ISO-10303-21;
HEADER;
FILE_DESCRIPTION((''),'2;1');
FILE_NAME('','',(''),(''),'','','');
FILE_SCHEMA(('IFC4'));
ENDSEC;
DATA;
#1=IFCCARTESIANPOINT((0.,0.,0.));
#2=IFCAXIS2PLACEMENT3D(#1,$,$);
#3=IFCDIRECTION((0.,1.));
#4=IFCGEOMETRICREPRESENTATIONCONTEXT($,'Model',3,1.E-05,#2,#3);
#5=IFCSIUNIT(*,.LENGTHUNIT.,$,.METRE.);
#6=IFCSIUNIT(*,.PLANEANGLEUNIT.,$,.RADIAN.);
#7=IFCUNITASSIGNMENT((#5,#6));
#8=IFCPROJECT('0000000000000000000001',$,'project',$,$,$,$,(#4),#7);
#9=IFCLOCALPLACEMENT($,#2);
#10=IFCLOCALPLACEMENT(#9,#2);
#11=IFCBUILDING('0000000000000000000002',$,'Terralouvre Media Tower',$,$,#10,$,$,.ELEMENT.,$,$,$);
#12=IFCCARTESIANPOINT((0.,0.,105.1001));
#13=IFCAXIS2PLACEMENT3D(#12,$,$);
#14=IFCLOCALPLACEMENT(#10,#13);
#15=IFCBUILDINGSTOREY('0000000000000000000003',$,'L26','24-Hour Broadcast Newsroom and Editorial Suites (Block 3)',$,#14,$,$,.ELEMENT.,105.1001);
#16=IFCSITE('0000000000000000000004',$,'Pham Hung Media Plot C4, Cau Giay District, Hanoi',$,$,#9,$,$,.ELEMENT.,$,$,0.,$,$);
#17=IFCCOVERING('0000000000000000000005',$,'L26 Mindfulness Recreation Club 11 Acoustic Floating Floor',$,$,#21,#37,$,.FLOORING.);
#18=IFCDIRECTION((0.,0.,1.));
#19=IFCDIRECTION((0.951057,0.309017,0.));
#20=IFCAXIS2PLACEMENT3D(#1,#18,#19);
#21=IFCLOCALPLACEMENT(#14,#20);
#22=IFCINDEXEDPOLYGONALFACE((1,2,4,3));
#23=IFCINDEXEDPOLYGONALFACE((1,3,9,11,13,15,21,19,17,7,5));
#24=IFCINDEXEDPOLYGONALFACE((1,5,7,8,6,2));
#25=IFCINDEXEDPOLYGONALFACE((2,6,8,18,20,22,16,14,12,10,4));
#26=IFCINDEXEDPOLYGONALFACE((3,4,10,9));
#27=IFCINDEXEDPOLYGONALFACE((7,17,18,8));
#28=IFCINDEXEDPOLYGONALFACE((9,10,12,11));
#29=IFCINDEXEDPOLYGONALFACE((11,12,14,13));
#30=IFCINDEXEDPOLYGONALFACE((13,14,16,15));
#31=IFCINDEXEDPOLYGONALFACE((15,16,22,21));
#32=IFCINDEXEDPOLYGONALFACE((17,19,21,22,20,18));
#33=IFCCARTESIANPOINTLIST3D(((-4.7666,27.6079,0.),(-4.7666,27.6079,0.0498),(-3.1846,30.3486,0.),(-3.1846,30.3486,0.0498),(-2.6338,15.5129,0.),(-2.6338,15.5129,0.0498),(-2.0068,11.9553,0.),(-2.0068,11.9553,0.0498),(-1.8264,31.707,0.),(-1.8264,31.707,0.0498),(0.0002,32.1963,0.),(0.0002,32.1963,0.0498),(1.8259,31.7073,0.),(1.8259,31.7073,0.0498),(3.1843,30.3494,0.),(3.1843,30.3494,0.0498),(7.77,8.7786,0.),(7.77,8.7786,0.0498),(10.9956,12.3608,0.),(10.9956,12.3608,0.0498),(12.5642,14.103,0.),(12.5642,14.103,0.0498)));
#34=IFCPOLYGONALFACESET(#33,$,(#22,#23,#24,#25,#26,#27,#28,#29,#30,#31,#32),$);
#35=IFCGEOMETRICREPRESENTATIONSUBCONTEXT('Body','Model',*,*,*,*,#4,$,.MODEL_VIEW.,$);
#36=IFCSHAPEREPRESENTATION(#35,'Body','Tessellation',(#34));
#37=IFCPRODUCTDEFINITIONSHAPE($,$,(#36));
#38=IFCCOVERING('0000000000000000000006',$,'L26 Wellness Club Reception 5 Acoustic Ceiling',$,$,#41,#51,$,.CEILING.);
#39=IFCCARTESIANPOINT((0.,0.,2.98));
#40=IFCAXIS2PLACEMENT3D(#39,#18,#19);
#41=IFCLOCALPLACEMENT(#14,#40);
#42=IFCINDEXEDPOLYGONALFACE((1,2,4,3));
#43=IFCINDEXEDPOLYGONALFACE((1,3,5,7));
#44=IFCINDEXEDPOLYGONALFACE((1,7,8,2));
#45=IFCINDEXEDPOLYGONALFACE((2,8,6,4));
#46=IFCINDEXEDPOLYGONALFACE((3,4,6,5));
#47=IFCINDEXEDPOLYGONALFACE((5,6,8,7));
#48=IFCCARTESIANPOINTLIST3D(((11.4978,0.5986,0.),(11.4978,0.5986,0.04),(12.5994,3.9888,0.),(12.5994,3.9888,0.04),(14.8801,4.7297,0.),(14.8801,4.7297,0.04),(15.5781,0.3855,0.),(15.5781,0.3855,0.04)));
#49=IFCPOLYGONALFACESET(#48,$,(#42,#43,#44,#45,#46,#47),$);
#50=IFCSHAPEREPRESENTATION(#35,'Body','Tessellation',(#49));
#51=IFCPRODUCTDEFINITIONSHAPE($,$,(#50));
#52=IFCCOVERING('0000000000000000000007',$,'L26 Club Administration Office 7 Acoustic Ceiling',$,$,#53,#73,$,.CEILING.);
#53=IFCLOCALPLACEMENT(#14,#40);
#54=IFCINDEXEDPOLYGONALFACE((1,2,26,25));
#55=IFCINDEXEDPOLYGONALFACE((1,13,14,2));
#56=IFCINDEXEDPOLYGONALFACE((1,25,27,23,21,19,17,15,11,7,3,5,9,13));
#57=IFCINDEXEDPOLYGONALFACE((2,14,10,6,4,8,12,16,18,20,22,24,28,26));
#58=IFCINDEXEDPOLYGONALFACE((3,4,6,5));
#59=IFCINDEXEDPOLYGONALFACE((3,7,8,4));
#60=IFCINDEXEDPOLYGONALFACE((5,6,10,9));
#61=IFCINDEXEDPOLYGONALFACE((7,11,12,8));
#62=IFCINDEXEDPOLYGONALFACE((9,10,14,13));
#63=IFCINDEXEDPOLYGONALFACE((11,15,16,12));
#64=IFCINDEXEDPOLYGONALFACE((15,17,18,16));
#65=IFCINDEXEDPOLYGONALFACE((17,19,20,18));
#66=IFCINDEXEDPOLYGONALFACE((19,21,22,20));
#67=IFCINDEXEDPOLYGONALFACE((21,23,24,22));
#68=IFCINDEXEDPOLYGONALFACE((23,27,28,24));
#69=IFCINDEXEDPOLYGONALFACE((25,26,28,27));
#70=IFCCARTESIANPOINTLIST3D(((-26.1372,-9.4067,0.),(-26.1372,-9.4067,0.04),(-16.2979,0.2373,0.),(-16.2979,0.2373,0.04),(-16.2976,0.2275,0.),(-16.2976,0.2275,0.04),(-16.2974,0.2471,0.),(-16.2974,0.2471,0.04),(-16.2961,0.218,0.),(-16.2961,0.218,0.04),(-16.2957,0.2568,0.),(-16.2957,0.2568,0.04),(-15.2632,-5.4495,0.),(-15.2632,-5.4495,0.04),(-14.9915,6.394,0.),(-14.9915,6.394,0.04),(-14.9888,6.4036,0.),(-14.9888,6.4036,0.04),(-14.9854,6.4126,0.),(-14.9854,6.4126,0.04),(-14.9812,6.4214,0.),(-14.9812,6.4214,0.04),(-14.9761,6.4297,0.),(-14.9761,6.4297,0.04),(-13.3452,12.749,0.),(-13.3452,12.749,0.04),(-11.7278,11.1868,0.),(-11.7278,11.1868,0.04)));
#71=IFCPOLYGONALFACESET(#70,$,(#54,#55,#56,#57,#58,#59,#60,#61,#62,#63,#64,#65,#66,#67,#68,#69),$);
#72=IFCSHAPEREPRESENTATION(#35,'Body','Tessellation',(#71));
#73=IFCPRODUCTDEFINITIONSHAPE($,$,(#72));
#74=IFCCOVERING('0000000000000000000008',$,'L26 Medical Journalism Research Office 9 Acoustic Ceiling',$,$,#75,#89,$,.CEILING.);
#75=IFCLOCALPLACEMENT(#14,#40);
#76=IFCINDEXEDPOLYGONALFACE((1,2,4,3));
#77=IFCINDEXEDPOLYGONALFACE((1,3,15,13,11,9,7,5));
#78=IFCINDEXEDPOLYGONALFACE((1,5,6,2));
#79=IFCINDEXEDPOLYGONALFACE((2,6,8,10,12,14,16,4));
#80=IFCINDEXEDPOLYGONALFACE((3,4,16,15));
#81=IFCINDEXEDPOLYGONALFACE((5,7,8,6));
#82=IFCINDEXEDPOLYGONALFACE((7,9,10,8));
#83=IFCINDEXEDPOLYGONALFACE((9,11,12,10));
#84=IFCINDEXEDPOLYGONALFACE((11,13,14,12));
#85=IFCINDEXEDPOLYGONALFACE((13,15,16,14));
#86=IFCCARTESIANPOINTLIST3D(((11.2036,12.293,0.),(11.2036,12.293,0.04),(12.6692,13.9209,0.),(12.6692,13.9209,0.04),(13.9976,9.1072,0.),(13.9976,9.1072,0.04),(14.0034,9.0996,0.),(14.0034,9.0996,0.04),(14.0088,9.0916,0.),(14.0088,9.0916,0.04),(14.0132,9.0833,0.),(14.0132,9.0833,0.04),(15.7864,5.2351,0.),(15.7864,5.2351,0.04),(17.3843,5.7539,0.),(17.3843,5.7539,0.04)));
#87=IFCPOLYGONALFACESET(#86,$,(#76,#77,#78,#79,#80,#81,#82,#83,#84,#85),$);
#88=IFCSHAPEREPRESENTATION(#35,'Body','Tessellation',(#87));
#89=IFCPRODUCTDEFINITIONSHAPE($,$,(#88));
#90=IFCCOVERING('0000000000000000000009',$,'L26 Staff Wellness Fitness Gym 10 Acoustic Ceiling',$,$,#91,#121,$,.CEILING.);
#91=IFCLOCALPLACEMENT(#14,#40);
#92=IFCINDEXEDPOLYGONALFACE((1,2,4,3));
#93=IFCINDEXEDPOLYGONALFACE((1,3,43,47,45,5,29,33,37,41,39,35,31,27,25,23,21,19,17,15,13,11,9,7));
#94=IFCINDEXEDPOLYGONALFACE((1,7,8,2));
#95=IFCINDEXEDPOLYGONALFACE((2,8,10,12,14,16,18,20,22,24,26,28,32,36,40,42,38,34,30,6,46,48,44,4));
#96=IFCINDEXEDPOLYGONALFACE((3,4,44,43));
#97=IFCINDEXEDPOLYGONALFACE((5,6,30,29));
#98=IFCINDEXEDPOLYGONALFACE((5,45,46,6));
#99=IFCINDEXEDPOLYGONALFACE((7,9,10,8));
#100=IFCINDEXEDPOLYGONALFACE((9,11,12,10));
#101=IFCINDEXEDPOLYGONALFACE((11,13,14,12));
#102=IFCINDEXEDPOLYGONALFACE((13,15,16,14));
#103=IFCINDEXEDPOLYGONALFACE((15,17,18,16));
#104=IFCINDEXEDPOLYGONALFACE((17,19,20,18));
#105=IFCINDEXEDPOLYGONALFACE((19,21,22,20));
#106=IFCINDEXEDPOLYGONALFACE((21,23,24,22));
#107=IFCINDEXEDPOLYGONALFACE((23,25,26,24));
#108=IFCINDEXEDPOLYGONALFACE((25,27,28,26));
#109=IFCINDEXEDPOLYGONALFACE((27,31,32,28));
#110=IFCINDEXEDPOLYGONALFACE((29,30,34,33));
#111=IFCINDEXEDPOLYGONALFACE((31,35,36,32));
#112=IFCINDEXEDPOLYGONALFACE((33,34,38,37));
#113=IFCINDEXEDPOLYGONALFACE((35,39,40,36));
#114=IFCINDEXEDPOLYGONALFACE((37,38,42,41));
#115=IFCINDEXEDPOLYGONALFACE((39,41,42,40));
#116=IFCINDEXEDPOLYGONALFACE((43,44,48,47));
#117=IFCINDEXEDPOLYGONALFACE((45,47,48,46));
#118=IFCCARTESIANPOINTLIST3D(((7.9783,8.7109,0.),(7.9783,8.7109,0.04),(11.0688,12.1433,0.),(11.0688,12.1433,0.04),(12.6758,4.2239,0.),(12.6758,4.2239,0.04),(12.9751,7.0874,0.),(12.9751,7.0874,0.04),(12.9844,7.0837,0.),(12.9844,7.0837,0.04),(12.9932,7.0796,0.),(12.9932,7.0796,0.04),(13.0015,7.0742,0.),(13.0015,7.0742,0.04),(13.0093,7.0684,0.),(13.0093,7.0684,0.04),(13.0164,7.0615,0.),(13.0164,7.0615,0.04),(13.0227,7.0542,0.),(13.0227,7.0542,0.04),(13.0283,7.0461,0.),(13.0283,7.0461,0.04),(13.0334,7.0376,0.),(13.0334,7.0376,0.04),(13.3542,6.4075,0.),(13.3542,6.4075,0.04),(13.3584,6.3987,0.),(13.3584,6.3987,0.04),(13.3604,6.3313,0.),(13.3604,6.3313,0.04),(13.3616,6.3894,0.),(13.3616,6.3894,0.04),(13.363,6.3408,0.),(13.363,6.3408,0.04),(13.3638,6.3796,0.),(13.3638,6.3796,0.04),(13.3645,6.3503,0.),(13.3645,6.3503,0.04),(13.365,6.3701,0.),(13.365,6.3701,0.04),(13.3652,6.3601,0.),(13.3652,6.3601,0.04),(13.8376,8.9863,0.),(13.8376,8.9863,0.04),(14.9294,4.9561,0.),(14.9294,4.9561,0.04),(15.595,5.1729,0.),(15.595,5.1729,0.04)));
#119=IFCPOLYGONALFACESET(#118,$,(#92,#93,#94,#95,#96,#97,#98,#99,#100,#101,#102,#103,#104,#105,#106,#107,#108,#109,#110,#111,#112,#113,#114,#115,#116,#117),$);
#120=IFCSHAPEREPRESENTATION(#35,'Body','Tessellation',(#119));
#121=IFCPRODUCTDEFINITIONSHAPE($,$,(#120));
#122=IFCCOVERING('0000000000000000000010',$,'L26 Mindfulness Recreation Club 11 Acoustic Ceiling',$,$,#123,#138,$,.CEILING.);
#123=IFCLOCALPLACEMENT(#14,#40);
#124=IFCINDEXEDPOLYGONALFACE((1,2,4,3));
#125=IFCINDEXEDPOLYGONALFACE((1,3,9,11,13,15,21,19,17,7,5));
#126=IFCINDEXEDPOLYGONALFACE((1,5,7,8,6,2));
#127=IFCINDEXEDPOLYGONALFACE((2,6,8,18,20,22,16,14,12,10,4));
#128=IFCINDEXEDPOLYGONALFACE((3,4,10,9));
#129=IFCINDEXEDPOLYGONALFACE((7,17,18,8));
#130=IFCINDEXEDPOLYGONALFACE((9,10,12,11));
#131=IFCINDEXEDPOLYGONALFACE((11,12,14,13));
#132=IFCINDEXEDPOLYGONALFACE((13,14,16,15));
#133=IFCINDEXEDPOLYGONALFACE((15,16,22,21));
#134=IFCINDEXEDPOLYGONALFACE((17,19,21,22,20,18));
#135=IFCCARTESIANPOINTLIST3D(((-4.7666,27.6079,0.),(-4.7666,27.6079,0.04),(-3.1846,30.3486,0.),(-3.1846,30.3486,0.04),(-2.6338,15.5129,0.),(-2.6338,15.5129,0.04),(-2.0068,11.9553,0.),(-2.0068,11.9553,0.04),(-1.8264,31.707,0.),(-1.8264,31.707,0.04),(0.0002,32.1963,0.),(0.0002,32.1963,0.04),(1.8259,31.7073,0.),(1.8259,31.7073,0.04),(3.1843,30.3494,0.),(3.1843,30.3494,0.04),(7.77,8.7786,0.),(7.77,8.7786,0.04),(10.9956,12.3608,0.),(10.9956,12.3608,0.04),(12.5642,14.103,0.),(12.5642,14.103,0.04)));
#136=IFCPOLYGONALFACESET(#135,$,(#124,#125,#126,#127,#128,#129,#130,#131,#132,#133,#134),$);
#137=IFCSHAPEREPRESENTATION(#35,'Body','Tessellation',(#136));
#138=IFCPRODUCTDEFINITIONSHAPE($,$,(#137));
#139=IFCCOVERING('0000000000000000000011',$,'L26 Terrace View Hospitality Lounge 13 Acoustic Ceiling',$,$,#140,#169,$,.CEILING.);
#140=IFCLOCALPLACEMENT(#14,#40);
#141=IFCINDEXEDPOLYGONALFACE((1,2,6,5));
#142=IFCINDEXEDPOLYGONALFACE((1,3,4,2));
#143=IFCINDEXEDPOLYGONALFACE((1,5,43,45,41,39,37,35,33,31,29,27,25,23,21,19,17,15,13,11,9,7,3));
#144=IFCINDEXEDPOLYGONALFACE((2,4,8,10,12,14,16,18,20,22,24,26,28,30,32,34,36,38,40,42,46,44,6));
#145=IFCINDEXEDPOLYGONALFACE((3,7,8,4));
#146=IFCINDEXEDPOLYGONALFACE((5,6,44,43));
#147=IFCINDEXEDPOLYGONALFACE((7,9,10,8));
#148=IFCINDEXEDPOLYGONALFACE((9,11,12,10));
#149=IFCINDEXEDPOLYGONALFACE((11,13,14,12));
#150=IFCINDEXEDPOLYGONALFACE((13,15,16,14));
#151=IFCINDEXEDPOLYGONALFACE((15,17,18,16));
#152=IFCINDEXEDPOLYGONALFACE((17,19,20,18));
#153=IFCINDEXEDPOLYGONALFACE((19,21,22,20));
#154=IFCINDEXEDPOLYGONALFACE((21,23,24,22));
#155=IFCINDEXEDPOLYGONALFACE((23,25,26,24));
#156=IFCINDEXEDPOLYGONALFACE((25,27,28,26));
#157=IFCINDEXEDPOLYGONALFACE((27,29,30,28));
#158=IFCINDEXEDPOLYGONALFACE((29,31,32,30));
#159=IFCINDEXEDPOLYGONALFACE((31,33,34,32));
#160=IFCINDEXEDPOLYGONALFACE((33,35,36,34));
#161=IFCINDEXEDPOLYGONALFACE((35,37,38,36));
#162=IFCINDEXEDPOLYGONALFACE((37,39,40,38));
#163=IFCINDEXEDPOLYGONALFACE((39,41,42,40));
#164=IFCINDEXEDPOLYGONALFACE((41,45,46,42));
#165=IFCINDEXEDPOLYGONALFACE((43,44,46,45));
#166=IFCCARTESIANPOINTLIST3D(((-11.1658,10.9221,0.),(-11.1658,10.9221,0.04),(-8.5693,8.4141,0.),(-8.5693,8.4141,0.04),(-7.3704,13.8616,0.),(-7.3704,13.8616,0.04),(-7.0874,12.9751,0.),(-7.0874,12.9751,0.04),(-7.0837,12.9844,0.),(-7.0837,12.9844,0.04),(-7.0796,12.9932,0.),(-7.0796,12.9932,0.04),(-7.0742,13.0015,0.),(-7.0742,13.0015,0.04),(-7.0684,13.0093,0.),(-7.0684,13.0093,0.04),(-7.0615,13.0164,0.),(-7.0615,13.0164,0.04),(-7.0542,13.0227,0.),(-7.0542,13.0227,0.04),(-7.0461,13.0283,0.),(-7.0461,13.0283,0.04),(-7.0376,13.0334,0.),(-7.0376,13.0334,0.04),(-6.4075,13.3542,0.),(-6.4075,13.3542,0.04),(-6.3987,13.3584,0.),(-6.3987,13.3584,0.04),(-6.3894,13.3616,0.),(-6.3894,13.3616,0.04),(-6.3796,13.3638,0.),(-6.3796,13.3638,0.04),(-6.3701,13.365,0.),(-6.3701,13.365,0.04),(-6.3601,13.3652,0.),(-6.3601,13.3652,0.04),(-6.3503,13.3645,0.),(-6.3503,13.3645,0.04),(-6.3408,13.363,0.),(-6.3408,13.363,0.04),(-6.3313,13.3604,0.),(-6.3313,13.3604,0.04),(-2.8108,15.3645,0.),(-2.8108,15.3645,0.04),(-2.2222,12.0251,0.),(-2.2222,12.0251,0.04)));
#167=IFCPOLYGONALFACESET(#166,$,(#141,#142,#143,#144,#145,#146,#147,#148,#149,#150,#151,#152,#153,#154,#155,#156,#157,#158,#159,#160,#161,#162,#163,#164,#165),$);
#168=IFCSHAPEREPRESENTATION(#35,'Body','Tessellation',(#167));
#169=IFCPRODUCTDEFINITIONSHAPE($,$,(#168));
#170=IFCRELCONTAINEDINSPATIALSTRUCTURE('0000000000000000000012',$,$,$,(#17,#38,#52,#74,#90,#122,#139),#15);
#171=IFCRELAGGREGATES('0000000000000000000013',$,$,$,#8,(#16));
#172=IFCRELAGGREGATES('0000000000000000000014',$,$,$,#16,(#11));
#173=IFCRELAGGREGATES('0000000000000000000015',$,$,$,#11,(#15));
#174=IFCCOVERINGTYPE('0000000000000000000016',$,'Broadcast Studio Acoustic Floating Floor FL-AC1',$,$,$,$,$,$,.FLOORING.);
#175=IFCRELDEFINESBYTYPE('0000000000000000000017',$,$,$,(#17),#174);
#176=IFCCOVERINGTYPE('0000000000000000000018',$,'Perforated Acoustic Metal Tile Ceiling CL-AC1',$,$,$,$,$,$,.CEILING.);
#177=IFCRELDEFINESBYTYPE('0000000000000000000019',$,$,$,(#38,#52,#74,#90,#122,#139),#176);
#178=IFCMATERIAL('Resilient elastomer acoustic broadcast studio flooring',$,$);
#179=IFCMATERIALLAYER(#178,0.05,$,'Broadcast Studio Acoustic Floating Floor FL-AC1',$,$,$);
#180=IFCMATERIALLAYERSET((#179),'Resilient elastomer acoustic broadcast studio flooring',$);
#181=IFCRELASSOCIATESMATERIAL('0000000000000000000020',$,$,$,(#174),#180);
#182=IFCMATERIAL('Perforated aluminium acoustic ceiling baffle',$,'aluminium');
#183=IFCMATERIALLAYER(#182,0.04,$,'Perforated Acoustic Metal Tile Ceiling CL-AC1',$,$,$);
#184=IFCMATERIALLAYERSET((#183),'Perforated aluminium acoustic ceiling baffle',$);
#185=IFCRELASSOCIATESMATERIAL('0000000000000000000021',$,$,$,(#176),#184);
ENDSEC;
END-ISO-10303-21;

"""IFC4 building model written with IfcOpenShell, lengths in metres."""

from ifc_helpers import new_model, si_unit, direction, frame, origin, place, context, subcontext, project, spatial, polyline, outline, extrude, material, layer, layer_set, type_object, element, save


model = new_model("IFC4")

# Units and contexts
model_context = context("Model", 3, precision=1e-05, world=origin(), true_north=direction((0.0, 1.0)))
body_context = subcontext(model_context, "Body", "Model", "MODEL_VIEW")
ifc_project = project(units=[si_unit("LENGTHUNIT", "METRE"), si_unit("PLANEANGLEUNIT", "RADIAN")], contexts=[model_context])

# Site, building, storey
site_placement = place(None, origin())
site = spatial("IfcSite", under=ifc_project, at=site_placement, Name="Pham Hung Media Plot C4, Cau Giay District, Hanoi", CompositionType="ELEMENT", RefElevation=0.0)
building_placement = place(site_placement, origin())
building = spatial("IfcBuilding", under=site, at=building_placement, Name="Terralouvre Media Tower", CompositionType="ELEMENT")
storey_placement = place(building_placement, frame((0.0, 0.0, 105.1001)))
storey = spatial("IfcBuildingStorey", under=building, at=storey_placement, Name="L26", Description="24-Hour Broadcast Newsroom and Editorial Suites (Block 3)", CompositionType="ELEMENT", Elevation=105.1001)

# Coverings
ifc_material_1 = material(Name="Resilient elastomer acoustic broadcast studio flooring")
ifc_layer_1 = layer(ifc_material_1, 0.05, Name="Broadcast Studio Acoustic Floating Floor FL-AC1")
ifc_layer_set_1 = layer_set([ifc_layer_1], Name="Resilient elastomer acoustic broadcast studio flooring")
covering_type_1 = type_object("IfcCoveringType", Name="Broadcast Studio Acoustic Floating Floor FL-AC1", PredefinedType="FLOORING", material=ifc_layer_set_1)
covering_1_placement = place(storey_placement, frame((0.0, 0.0, 0.0), z_axis=(0.0, 0.0, 1.0), x_axis=(0.951057, 0.309017, 0.0)))
element("IfcCovering", 1, at=covering_1_placement, inside=storey, type_object=covering_type_1, Name="L26 Mindfulness Recreation Club 11 Acoustic Floating Floor", PredefinedType="FLOORING", context=body_context, shape_type="SweptSolid", body=[
    extrude(outline(polyline([(-2.6338, 15.5129), (-2.0068, 11.9553), (7.77, 8.7786), (10.9956, 12.3608), (12.5642, 14.103), (3.1843, 30.3494), (1.8259, 31.7073), (0.0002, 32.1963), (-1.8264, 31.707), (-3.1846, 30.3486), (-4.7666, 27.6079), (-2.6338, 15.5129)])), origin(), (0.0, 0.0, 1.0), 0.0498),
])
ifc_material_2 = material(Name="Perforated aluminium acoustic ceiling baffle", Category="aluminium")
ifc_layer_2 = layer(ifc_material_2, 0.04, Name="Perforated Acoustic Metal Tile Ceiling CL-AC1")
ifc_layer_set_2 = layer_set([ifc_layer_2], Name="Perforated aluminium acoustic ceiling baffle")
covering_type_2 = type_object("IfcCoveringType", Name="Perforated Acoustic Metal Tile Ceiling CL-AC1", PredefinedType="CEILING", material=ifc_layer_set_2)
covering_2_placement = place(storey_placement, frame((0.0, 0.0, 2.98), z_axis=(0.0, 0.0, 1.0), x_axis=(0.951057, 0.309017, 0.0)))
element("IfcCovering", 2, at=covering_2_placement, inside=storey, type_object=covering_type_2, Name="L26 Wellness Club Reception 5 Acoustic Ceiling", PredefinedType="CEILING", context=body_context, shape_type="SweptSolid", body=[
    extrude(outline(polyline([(12.5994, 3.9888), (11.4978, 0.5986), (15.5781, 0.3855), (14.8801, 4.7297), (12.5994, 3.9888)])), origin(), (0.0, 0.0, 1.0), 0.04),
])
covering_3_placement = place(storey_placement, frame((0.0, 0.0, 2.98), z_axis=(0.0, 0.0, 1.0), x_axis=(0.951057, 0.309017, 0.0)))
element("IfcCovering", 3, at=covering_3_placement, inside=storey, type_object=covering_type_2, Name="L26 Club Administration Office 7 Acoustic Ceiling", PredefinedType="CEILING", context=body_context, shape_type="SweptSolid", body=[
    extrude(outline(polyline([(-16.2961, 0.218), (-16.2976, 0.2275), (-16.2979, 0.2373), (-16.2974, 0.2471), (-16.2957, 0.2568), (-14.9915, 6.394), (-14.9888, 6.4036), (-14.9854, 6.4126), (-14.9812, 6.4214), (-14.9761, 6.4297), (-11.7278, 11.1868), (-13.3452, 12.749), (-26.1372, -9.4067), (-15.2632, -5.4495), (-16.2961, 0.218)])), origin(), (0.0, 0.0, 1.0), 0.04),
])
covering_4_placement = place(storey_placement, frame((0.0, 0.0, 2.98), z_axis=(0.0, 0.0, 1.0), x_axis=(0.951057, 0.309017, 0.0)))
element("IfcCovering", 4, at=covering_4_placement, inside=storey, type_object=covering_type_2, Name="L26 Medical Journalism Research Office 9 Acoustic Ceiling", PredefinedType="CEILING", context=body_context, shape_type="SweptSolid", body=[
    extrude(outline(polyline([(13.9976, 9.1072), (14.0034, 9.0996), (14.0088, 9.0916), (14.0132, 9.0833), (15.7864, 5.2351), (17.3843, 5.7539), (12.6692, 13.9209), (11.2036, 12.293), (13.9976, 9.1072)])), origin(), (0.0, 0.0, 1.0), 0.04),
])
covering_5_placement = place(storey_placement, frame((0.0, 0.0, 2.98), z_axis=(0.0, 0.0, 1.0), x_axis=(0.951057, 0.309017, 0.0)))
element("IfcCovering", 5, at=covering_5_placement, inside=storey, type_object=covering_type_2, Name="L26 Staff Wellness Fitness Gym 10 Acoustic Ceiling", PredefinedType="CEILING", context=body_context, shape_type="SweptSolid", body=[
    extrude(outline(polyline([(15.595, 5.1729), (13.8376, 8.9863), (11.0688, 12.1433), (7.9783, 8.7109), (12.9751, 7.0874), (12.9844, 7.0837), (12.9932, 7.0796), (13.0015, 7.0742), (13.0093, 7.0684), (13.0164, 7.0615), (13.0227, 7.0542), (13.0283, 7.0461), (13.0334, 7.0376), (13.3542, 6.4075), (13.3584, 6.3987), (13.3616, 6.3894), (13.3638, 6.3796), (13.365, 6.3701), (13.3652, 6.3601), (13.3645, 6.3503), (13.363, 6.3408), (13.3604, 6.3313), (12.6758, 4.2239), (14.9294, 4.9561), (15.595, 5.1729)])), origin(), (0.0, 0.0, 1.0), 0.04),
])
covering_6_placement = place(storey_placement, frame((0.0, 0.0, 2.98), z_axis=(0.0, 0.0, 1.0), x_axis=(0.951057, 0.309017, 0.0)))
element("IfcCovering", 6, at=covering_6_placement, inside=storey, type_object=covering_type_2, Name="L26 Mindfulness Recreation Club 11 Acoustic Ceiling", PredefinedType="CEILING", context=body_context, shape_type="SweptSolid", body=[
    extrude(outline(polyline([(-2.6338, 15.5129), (-2.0068, 11.9553), (7.77, 8.7786), (10.9956, 12.3608), (12.5642, 14.103), (3.1843, 30.3494), (1.8259, 31.7073), (0.0002, 32.1963), (-1.8264, 31.707), (-3.1846, 30.3486), (-4.7666, 27.6079), (-2.6338, 15.5129)])), origin(), (0.0, 0.0, 1.0), 0.04),
])
covering_7_placement = place(storey_placement, frame((0.0, 0.0, 2.98), z_axis=(0.0, 0.0, 1.0), x_axis=(0.951057, 0.309017, 0.0)))
element("IfcCovering", 7, at=covering_7_placement, inside=storey, type_object=covering_type_2, Name="L26 Terrace View Hospitality Lounge 13 Acoustic Ceiling", PredefinedType="CEILING", context=body_context, shape_type="SweptSolid", body=[
    extrude(outline(polyline([(-7.3704, 13.8616), (-11.1658, 10.9221), (-8.5693, 8.4141), (-7.0874, 12.9751), (-7.0837, 12.9844), (-7.0796, 12.9932), (-7.0742, 13.0015), (-7.0684, 13.0093), (-7.0615, 13.0164), (-7.0542, 13.0227), (-7.0461, 13.0283), (-7.0376, 13.0334), (-6.4075, 13.3542), (-6.3987, 13.3584), (-6.3894, 13.3616), (-6.3796, 13.3638), (-6.3701, 13.365), (-6.3601, 13.3652), (-6.3503, 13.3645), (-6.3408, 13.363), (-6.3313, 13.3604), (-2.2222, 12.0251), (-2.8108, 15.3645), (-7.3704, 13.8616)])), origin(), (0.0, 0.0, 1.0), 0.04),
])

save(model, "model.ifc")
